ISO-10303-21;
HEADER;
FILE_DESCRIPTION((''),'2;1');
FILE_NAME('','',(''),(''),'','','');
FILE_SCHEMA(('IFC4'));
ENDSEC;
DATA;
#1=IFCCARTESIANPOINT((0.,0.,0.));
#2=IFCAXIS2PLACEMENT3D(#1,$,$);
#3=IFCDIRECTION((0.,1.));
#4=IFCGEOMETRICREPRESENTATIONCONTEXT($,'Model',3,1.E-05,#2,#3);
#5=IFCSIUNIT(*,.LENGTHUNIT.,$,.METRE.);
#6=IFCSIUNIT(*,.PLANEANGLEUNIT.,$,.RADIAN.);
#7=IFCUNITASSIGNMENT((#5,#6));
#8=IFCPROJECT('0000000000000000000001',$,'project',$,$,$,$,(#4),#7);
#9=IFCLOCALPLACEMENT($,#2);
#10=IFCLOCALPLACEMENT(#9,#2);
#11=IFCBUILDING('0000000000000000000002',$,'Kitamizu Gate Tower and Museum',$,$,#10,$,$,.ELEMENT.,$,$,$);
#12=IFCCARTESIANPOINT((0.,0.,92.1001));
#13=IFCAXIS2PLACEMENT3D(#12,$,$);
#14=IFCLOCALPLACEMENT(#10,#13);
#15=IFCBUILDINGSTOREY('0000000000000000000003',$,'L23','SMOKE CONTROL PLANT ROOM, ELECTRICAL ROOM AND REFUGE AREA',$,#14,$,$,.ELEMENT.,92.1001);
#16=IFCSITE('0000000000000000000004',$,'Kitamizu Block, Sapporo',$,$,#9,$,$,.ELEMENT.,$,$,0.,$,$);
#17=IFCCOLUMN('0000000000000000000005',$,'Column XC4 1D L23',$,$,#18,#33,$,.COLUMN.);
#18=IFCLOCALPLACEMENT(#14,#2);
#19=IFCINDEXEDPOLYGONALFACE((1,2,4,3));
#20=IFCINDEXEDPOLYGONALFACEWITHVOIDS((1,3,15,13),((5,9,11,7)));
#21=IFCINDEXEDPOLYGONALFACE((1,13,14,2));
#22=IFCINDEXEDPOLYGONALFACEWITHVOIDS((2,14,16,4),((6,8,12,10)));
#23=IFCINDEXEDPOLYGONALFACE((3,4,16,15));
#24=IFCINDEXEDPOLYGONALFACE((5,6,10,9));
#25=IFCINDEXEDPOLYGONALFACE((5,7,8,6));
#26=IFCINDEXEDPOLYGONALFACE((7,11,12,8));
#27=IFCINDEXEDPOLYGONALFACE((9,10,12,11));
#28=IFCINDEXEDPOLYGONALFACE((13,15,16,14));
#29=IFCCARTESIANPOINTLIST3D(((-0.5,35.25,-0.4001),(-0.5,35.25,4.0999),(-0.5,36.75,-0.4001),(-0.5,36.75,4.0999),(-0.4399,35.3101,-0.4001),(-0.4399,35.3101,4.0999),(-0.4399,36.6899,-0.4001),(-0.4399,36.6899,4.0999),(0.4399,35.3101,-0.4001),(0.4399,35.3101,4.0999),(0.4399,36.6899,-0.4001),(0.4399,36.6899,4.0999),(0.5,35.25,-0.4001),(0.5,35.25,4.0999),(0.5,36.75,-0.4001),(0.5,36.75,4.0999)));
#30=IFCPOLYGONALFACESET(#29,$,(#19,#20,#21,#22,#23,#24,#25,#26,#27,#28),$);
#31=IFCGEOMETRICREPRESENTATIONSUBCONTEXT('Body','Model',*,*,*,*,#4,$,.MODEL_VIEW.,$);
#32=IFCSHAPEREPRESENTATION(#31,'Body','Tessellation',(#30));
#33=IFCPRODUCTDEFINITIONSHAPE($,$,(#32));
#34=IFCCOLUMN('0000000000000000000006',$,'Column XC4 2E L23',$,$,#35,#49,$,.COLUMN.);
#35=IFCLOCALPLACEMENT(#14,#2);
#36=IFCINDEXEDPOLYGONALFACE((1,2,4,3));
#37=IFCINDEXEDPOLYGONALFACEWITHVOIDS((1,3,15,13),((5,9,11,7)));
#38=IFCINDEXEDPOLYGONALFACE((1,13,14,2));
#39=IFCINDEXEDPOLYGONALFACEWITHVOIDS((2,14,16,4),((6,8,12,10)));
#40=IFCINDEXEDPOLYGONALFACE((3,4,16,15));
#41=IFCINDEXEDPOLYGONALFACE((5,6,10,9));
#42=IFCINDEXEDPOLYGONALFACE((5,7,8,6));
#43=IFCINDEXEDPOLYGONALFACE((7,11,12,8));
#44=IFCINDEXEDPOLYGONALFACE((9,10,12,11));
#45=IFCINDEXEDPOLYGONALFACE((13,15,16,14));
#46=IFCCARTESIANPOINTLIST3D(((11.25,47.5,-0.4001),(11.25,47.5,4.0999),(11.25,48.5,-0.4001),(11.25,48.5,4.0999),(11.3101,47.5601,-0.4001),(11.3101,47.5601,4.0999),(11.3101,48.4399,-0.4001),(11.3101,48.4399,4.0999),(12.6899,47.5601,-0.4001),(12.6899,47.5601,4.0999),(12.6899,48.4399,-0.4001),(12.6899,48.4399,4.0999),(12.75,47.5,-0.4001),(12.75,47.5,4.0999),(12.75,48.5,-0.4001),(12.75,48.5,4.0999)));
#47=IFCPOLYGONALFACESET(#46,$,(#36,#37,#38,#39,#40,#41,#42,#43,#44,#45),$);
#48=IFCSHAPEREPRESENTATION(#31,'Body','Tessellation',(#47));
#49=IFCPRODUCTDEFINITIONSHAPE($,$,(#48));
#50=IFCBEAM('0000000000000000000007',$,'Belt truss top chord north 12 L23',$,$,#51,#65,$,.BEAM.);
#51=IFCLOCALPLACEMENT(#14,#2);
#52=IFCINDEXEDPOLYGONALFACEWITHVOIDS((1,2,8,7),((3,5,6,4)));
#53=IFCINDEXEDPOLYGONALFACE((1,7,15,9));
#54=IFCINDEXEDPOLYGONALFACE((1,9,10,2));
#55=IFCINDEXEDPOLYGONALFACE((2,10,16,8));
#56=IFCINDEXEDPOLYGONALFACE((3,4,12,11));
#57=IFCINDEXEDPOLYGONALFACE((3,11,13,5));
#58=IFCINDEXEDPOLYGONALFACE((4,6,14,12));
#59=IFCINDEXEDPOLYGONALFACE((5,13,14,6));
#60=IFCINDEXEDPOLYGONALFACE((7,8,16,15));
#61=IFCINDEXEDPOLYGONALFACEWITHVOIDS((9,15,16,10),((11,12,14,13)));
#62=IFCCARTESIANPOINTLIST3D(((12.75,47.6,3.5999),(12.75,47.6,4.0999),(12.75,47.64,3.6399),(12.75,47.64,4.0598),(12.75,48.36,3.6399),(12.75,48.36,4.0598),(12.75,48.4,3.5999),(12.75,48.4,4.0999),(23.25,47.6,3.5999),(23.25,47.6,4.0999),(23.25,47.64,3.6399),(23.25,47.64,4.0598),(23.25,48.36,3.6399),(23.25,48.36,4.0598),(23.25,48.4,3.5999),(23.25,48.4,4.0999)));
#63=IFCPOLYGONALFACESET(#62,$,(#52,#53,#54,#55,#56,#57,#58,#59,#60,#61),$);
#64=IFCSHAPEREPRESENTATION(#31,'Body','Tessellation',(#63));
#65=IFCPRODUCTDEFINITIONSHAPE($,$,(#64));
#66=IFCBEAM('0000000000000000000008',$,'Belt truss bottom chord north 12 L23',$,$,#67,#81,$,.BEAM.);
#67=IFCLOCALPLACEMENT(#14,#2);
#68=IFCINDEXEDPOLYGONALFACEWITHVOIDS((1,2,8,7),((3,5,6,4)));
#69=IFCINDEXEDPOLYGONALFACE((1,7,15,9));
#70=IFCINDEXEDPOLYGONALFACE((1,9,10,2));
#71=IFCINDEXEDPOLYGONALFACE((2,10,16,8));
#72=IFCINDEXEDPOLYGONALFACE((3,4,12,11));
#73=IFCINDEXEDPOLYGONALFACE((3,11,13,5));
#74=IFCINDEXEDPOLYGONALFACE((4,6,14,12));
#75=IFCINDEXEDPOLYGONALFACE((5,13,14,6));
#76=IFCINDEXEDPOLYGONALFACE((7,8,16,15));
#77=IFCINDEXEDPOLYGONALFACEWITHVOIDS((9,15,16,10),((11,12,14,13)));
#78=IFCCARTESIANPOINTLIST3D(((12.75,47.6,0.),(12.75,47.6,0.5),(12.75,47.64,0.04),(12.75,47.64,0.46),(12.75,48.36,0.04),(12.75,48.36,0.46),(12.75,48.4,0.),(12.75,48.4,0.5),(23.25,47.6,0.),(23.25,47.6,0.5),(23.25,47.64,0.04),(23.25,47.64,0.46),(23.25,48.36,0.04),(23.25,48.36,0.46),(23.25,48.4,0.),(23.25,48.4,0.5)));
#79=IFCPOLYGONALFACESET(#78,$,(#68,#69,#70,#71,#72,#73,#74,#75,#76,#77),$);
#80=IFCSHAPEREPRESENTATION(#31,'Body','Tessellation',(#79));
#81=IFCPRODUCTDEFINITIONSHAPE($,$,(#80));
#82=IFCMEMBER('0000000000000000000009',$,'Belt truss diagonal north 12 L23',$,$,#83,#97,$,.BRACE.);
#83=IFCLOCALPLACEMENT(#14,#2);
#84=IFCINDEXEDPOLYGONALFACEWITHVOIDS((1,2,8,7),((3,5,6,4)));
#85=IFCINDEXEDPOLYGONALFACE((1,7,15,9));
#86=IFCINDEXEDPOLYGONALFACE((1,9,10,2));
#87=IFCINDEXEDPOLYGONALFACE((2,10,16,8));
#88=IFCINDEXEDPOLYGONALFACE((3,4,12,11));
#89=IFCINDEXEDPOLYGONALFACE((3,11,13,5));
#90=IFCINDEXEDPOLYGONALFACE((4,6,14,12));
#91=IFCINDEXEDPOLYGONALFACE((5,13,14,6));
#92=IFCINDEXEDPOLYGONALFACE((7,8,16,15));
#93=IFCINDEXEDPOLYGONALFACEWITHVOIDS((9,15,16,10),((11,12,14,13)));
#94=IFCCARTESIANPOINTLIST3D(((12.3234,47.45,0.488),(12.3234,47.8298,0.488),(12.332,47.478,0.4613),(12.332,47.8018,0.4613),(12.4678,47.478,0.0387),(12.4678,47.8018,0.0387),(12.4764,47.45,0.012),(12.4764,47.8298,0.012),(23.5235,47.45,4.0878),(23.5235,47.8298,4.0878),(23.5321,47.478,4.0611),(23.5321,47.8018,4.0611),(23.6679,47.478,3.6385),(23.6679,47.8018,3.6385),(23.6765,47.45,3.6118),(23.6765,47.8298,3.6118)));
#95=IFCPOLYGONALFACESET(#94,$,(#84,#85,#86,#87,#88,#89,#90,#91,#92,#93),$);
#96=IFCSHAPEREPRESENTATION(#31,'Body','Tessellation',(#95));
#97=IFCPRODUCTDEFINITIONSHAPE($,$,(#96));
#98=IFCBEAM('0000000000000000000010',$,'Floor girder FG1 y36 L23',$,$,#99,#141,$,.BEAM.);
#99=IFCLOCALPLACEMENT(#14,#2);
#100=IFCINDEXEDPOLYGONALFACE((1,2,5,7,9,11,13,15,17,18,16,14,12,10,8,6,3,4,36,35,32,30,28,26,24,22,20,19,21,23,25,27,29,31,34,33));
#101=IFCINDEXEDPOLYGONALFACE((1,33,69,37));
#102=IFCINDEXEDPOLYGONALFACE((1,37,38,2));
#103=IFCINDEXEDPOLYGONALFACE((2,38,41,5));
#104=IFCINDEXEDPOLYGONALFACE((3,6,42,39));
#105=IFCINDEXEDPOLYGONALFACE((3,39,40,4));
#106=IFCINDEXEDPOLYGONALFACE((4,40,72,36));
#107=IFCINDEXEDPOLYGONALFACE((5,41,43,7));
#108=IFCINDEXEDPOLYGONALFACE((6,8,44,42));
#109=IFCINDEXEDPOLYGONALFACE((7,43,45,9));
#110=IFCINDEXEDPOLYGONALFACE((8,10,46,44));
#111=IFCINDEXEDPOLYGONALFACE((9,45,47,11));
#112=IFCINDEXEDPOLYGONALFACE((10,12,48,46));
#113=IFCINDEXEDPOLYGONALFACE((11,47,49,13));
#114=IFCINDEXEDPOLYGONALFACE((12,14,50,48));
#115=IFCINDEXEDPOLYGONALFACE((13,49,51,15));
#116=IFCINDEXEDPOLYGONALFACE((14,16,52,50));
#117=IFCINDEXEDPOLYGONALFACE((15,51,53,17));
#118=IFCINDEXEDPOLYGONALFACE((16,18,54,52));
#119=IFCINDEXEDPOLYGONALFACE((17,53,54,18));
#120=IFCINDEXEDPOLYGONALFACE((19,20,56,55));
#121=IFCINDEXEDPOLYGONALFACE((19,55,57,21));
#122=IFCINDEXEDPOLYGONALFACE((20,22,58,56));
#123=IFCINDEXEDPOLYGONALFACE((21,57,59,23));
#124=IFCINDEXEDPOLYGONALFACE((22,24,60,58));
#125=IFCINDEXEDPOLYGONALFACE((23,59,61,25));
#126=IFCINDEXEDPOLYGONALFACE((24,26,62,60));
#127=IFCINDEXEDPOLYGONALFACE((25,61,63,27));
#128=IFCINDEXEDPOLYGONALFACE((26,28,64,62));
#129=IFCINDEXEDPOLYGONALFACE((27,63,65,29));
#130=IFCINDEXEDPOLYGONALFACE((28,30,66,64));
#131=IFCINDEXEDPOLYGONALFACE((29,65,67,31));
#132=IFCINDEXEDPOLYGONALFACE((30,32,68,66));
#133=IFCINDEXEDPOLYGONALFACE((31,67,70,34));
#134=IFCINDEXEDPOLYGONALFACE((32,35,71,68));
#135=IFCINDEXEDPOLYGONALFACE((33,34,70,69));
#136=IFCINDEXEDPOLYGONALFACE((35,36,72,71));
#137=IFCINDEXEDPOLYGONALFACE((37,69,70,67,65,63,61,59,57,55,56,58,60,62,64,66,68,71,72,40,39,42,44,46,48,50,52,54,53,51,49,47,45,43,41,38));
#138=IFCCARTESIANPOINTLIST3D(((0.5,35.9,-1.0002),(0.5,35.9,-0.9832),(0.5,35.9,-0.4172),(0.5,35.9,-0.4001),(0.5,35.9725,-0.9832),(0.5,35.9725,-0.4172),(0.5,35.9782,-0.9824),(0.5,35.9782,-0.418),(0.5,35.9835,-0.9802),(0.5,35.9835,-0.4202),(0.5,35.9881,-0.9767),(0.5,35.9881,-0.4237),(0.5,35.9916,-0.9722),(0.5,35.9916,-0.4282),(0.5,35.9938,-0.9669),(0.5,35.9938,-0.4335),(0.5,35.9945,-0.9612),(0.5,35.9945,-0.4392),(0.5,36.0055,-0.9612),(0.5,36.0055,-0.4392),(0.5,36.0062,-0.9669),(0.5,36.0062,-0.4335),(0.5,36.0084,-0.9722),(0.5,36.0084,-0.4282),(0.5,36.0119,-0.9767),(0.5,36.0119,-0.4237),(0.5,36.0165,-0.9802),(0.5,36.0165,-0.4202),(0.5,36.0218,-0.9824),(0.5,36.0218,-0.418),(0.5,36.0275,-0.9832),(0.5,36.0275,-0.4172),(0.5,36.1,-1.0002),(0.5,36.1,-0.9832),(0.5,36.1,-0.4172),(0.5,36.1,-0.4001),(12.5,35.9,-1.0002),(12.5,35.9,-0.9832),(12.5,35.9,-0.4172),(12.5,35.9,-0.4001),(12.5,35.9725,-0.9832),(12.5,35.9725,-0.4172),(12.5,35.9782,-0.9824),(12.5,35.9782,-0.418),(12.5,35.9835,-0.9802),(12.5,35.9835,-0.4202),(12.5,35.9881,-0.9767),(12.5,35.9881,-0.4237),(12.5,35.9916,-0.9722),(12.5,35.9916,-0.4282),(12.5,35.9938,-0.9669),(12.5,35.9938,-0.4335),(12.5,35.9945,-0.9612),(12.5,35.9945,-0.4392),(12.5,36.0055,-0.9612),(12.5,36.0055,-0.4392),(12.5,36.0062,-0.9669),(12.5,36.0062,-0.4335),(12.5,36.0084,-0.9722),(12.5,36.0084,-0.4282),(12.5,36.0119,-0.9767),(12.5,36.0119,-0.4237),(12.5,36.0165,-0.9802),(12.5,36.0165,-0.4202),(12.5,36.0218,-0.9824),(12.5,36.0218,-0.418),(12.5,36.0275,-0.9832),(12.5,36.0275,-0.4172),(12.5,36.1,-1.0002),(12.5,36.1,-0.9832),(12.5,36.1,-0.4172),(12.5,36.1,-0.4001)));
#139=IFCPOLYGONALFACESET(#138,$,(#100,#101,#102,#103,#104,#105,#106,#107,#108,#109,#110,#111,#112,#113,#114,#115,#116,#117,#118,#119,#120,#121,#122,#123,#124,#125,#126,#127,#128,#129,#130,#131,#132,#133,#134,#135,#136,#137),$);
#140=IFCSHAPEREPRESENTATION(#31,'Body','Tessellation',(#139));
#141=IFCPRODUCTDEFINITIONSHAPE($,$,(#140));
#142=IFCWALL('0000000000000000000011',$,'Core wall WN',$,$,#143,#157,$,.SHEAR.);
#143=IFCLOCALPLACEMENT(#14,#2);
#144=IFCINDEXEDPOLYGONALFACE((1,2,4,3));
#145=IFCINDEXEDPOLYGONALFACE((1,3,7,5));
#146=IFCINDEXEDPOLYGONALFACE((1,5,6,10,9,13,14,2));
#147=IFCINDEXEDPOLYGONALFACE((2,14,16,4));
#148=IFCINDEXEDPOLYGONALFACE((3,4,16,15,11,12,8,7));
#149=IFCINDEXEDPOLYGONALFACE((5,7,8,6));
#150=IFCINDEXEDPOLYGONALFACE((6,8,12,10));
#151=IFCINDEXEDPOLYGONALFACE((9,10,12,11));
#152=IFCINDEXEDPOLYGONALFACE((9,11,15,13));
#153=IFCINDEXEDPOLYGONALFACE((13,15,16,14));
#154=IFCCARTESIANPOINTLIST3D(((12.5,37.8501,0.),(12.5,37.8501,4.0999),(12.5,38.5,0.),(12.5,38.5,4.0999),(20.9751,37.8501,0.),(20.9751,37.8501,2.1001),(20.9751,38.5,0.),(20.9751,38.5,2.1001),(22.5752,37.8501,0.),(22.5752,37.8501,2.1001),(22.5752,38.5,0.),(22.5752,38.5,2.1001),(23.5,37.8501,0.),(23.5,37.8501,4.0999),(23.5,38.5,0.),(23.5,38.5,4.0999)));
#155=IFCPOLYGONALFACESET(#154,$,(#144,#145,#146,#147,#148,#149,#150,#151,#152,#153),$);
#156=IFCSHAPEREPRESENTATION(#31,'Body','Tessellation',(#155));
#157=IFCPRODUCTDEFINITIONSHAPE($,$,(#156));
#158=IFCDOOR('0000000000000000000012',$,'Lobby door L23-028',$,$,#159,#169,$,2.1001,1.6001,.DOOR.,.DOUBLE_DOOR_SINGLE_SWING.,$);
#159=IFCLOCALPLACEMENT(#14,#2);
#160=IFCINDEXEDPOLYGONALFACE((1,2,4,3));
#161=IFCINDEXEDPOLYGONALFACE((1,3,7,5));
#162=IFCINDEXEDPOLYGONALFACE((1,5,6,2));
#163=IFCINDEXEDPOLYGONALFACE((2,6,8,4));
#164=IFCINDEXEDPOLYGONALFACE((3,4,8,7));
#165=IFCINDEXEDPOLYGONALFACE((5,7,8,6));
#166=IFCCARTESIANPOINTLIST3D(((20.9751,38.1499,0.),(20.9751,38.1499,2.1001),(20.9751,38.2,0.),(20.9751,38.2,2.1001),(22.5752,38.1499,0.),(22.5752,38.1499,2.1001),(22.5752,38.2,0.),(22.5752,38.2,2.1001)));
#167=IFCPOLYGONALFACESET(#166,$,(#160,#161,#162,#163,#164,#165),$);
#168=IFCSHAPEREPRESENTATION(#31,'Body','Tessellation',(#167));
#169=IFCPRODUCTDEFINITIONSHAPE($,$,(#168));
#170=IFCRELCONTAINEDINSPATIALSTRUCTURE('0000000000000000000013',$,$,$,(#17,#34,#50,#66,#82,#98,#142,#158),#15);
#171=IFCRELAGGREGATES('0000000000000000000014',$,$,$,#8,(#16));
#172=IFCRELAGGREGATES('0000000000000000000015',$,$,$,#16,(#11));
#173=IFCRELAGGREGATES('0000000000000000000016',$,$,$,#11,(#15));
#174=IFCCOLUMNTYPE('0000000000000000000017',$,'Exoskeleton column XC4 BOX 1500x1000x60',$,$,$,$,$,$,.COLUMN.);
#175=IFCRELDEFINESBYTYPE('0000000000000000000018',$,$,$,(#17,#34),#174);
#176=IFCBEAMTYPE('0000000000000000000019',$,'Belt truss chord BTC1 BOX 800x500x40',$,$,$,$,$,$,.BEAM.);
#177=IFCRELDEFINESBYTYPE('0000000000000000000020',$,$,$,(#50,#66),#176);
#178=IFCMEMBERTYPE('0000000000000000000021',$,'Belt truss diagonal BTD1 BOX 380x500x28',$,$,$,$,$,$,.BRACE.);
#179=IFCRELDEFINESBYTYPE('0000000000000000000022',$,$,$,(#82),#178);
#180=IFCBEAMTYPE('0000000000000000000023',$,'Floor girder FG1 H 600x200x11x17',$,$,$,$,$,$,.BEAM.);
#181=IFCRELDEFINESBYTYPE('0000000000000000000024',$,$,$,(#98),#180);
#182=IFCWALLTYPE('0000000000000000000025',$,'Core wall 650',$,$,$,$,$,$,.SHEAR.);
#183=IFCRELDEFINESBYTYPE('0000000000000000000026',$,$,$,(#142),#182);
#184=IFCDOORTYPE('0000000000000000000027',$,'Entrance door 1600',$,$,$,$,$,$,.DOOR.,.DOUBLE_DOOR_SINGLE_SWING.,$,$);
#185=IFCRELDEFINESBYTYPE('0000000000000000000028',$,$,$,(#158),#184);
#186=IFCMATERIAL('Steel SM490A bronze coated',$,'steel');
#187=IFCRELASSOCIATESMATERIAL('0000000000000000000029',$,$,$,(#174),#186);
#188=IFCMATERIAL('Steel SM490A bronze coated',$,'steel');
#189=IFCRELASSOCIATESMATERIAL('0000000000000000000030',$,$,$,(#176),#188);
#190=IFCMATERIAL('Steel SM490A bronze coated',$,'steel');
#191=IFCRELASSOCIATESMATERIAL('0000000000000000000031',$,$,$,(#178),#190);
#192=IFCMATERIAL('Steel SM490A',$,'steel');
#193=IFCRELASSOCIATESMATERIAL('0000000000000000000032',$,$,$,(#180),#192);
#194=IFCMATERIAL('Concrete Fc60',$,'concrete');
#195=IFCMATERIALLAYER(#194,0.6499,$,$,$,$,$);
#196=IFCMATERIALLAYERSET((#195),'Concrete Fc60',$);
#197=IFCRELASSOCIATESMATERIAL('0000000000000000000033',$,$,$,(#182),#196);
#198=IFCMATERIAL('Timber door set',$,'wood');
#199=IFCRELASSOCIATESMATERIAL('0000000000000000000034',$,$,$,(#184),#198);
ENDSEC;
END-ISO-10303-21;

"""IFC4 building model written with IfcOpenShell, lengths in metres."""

from ifc_helpers import new_model, si_unit, direction, frame, frame_2d, origin, origin_2d, place, context, subcontext, project, spatial, rectangle, hollow_rectangle, i_section, extrude, material, layer, layer_set, material_profile, profile_set, type_object, element, fill, save


model = new_model("IFC4")

# Units and contexts
model_context = context("Model", 3, precision=1e-05, world=origin(), true_north=direction((0.0, 1.0)))
body_context = subcontext(model_context, "Body", "Model", "MODEL_VIEW")
ifc_project = project(units=[si_unit("LENGTHUNIT", "METRE"), si_unit("PLANEANGLEUNIT", "RADIAN")], contexts=[model_context])

# Site, building, storey
site_placement = place(None, origin())
site = spatial("IfcSite", under=ifc_project, at=site_placement, Name="Kitamizu Block, Sapporo", CompositionType="ELEMENT", RefElevation=0.0)
building_placement = place(site_placement, origin())
building = spatial("IfcBuilding", under=site, at=building_placement, Name="Kitamizu Gate Tower and Museum", CompositionType="ELEMENT")
storey_placement = place(building_placement, frame((0.0, 0.0, 92.1001)))
storey = spatial("IfcBuildingStorey", under=building, at=storey_placement, Name="L23", Description="SMOKE CONTROL PLANT ROOM, ELECTRICAL ROOM AND REFUGE AREA", CompositionType="ELEMENT", Elevation=92.1001)

# Columns
ifc_material_1 = material(Name="Steel SM490A bronze coated", Category="steel")
ifc_material_profile_1 = material_profile(ifc_material_1, hollow_rectangle(XDim=1.5, YDim=1.0, WallThickness=0.0601, at=origin_2d()), Name="BOX 1500x1000x60")
ifc_profile_set_1 = profile_set([ifc_material_profile_1], Name="Steel SM490A bronze coated")
column_type = type_object("IfcColumnType", Name="Exoskeleton column XC4 BOX 1500x1000x60", PredefinedType="COLUMN", material=ifc_profile_set_1)
for number, where, z_axis, x_axis, name in (
    (1, (0.0, 36.0, -0.4001), (0.0, 0.0, 1.0), (0.0, 1.0, 0.0), "Column XC4 1D L23"),
    (2, (12.0, 48.0, -0.4001), (0.0, 0.0, 1.0), (1.0, 0.0, 0.0), "Column XC4 2E L23"),
):
    element("IfcColumn", number, at=place(storey_placement, frame(where, z_axis=z_axis, x_axis=x_axis)), inside=storey, type_object=column_type, Name=name, PredefinedType="COLUMN", context=body_context, shape_type="SweptSolid", body=[
        extrude(hollow_rectangle(XDim=1.5, YDim=1.0, WallThickness=0.0601, at=origin_2d()), origin(), (0.0, 0.0, 1.0), 4.5),
    ])

# Beams
ifc_material_2 = material(Name="Steel SM490A bronze coated", Category="steel")
ifc_material_profile_2 = material_profile(ifc_material_2, hollow_rectangle(XDim=0.8, YDim=0.5, WallThickness=0.04, at=origin_2d()), Name="BOX 800x500x40")
ifc_profile_set_2 = profile_set([ifc_material_profile_2], Name="Steel SM490A bronze coated")
beam_type_1 = type_object("IfcBeamType", Name="Belt truss chord BTC1 BOX 800x500x40", PredefinedType="BEAM", material=ifc_profile_set_2)
for number, where, z_axis, x_axis, name in (
    (3, (12.75, 48.0, 3.8499), (1.0, 0.0, 0.0), (0.0, 1.0, 0.0), "Belt truss top chord north 12 L23"),
    (4, (12.75, 48.0, 0.25), (1.0, 0.0, 0.0), (0.0, 1.0, 0.0), "Belt truss bottom chord north 12 L23"),
):
    element("IfcBeam", number, at=place(storey_placement, frame(where, z_axis=z_axis, x_axis=x_axis)), inside=storey, type_object=beam_type_1, Name=name, PredefinedType="BEAM", context=body_context, shape_type="SweptSolid", body=[
        extrude(hollow_rectangle(XDim=0.8, YDim=0.5, WallThickness=0.04, at=origin_2d()), origin(), (0.0, 0.0, 1.0), 10.5),
    ])

# Member
ifc_material_3 = material(Name="Steel SM490A bronze coated", Category="steel")
ifc_material_profile_3 = material_profile(ifc_material_3, hollow_rectangle(XDim=0.3799, YDim=0.5, WallThickness=0.0281, at=origin_2d()), Name="BOX 380x500x28")
ifc_profile_set_3 = profile_set([ifc_material_profile_3], Name="Steel SM490A bronze coated")
member_type = type_object("IfcMemberType", Name="Belt truss diagonal BTD1 BOX 380x500x28", PredefinedType="BRACE", material=ifc_profile_set_3)
member_placement = place(storey_placement, frame((12.3999, 47.6399, 0.25), z_axis=(0.952034, 0.0, 0.305993), x_axis=(0.0, 1.0, 0.0)))
element("IfcMember", 5, at=member_placement, inside=storey, type_object=member_type, Name="Belt truss diagonal north 12 L23", PredefinedType="BRACE", context=body_context, shape_type="SweptSolid", body=[
    extrude(hollow_rectangle(XDim=0.3799, YDim=0.5, WallThickness=0.0281, at=origin_2d()), origin(), (0.0, 0.0, 1.0), 11.7644),
])

# Beam
ifc_material_4 = material(Name="Steel SM490A", Category="steel")
ifc_material_profile_4 = material_profile(ifc_material_4, i_section(OverallWidth=0.2, OverallDepth=0.6001, WebThickness=0.011, FlangeThickness=0.0171, FilletRadius=0.022, at=origin_2d()), Name="H-600x200x11x17")
ifc_profile_set_4 = profile_set([ifc_material_profile_4], Name="Steel SM490A")
beam_type_2 = type_object("IfcBeamType", Name="Floor girder FG1 H 600x200x11x17", PredefinedType="BEAM", material=ifc_profile_set_4)
beam_placement = place(storey_placement, frame((0.5, 36.0, -0.7002), z_axis=(1.0, 0.0, 0.0), x_axis=(0.0, 1.0, 0.0)))
element("IfcBeam", 6, at=beam_placement, inside=storey, type_object=beam_type_2, Name="Floor girder FG1 y36 L23", PredefinedType="BEAM", context=body_context, shape_type="SweptSolid", body=[
    extrude(i_section(OverallWidth=0.2, OverallDepth=0.6001, WebThickness=0.011, FlangeThickness=0.0171, FilletRadius=0.022, at=origin_2d()), origin(), (0.0, 0.0, 1.0), 12.0),
])

# Wall, opening, door
ifc_material_5 = material(Name="Concrete Fc60", Category="concrete")
ifc_layer_1 = layer(ifc_material_5, 0.6499)
ifc_layer_set_1 = layer_set([ifc_layer_1], Name="Concrete Fc60")
wall_type_1 = type_object("IfcWallType", Name="Core wall 650", PredefinedType="SHEAR", material=ifc_layer_set_1)
wall_1_placement = place(storey_placement, frame((12.5, 38.175, 0.0), z_axis=(0.0, 0.0, 1.0), x_axis=(1.0, 0.0, 0.0)))
wall_1 = element("IfcWall", 7, at=wall_1_placement, inside=storey, type_object=wall_type_1, Name="Core wall WN", PredefinedType="SHEAR", context=body_context, shape_type="SweptSolid", body=[
    extrude(rectangle(XDim=11.0, YDim=0.6499, at=frame_2d((5.5, 0.0))), origin(), (0.0, 0.0, 1.0), 4.0999),
])
opening_1_placement = place(wall_1_placement, frame((8.4751, 0.0, 0.0)))
opening_1 = element("IfcOpeningElement", 8, at=opening_1_placement, cuts=wall_1, PredefinedType="OPENING", context=body_context, shape_type="SweptSolid", body=[
    extrude(rectangle(XDim=1.6001, YDim=2.1001, at=frame_2d((0.8, 1.05))), frame((0.0, 0.335, 0.0), z_axis=(0.0, -1.0, 0.0), x_axis=(1.0, 0.0, 0.0)), (0.0, 0.0, 1.0), 0.6699),
])
ifc_material_6 = material(Name="Timber door set", Category="wood")
door_type_1 = type_object("IfcDoorType", Name="Entrance door 1600", OperationType="DOUBLE_DOOR_SINGLE_SWING", PredefinedType="DOOR", material=ifc_material_6)
door_1_placement = place(opening_1_placement, origin())
door_1 = element("IfcDoor", 9, at=door_1_placement, inside=storey, type_object=door_type_1, Name="Lobby door L23-028", OperationType="DOUBLE_DOOR_SINGLE_SWING", OverallHeight=2.1001, OverallWidth=1.6001, PredefinedType="DOOR", context=body_context, shape_type="SweptSolid", body=[
    extrude(rectangle(XDim=1.6001, YDim=2.1001, at=frame_2d((0.8, 1.05))), frame((0.0, 0.0249, 0.0), z_axis=(0.0, -1.0, 0.0), x_axis=(1.0, 0.0, 0.0)), (0.0, 0.0, 1.0), 0.05),
])
fill(opening_1, door_1)

save(model, "model.ifc")
